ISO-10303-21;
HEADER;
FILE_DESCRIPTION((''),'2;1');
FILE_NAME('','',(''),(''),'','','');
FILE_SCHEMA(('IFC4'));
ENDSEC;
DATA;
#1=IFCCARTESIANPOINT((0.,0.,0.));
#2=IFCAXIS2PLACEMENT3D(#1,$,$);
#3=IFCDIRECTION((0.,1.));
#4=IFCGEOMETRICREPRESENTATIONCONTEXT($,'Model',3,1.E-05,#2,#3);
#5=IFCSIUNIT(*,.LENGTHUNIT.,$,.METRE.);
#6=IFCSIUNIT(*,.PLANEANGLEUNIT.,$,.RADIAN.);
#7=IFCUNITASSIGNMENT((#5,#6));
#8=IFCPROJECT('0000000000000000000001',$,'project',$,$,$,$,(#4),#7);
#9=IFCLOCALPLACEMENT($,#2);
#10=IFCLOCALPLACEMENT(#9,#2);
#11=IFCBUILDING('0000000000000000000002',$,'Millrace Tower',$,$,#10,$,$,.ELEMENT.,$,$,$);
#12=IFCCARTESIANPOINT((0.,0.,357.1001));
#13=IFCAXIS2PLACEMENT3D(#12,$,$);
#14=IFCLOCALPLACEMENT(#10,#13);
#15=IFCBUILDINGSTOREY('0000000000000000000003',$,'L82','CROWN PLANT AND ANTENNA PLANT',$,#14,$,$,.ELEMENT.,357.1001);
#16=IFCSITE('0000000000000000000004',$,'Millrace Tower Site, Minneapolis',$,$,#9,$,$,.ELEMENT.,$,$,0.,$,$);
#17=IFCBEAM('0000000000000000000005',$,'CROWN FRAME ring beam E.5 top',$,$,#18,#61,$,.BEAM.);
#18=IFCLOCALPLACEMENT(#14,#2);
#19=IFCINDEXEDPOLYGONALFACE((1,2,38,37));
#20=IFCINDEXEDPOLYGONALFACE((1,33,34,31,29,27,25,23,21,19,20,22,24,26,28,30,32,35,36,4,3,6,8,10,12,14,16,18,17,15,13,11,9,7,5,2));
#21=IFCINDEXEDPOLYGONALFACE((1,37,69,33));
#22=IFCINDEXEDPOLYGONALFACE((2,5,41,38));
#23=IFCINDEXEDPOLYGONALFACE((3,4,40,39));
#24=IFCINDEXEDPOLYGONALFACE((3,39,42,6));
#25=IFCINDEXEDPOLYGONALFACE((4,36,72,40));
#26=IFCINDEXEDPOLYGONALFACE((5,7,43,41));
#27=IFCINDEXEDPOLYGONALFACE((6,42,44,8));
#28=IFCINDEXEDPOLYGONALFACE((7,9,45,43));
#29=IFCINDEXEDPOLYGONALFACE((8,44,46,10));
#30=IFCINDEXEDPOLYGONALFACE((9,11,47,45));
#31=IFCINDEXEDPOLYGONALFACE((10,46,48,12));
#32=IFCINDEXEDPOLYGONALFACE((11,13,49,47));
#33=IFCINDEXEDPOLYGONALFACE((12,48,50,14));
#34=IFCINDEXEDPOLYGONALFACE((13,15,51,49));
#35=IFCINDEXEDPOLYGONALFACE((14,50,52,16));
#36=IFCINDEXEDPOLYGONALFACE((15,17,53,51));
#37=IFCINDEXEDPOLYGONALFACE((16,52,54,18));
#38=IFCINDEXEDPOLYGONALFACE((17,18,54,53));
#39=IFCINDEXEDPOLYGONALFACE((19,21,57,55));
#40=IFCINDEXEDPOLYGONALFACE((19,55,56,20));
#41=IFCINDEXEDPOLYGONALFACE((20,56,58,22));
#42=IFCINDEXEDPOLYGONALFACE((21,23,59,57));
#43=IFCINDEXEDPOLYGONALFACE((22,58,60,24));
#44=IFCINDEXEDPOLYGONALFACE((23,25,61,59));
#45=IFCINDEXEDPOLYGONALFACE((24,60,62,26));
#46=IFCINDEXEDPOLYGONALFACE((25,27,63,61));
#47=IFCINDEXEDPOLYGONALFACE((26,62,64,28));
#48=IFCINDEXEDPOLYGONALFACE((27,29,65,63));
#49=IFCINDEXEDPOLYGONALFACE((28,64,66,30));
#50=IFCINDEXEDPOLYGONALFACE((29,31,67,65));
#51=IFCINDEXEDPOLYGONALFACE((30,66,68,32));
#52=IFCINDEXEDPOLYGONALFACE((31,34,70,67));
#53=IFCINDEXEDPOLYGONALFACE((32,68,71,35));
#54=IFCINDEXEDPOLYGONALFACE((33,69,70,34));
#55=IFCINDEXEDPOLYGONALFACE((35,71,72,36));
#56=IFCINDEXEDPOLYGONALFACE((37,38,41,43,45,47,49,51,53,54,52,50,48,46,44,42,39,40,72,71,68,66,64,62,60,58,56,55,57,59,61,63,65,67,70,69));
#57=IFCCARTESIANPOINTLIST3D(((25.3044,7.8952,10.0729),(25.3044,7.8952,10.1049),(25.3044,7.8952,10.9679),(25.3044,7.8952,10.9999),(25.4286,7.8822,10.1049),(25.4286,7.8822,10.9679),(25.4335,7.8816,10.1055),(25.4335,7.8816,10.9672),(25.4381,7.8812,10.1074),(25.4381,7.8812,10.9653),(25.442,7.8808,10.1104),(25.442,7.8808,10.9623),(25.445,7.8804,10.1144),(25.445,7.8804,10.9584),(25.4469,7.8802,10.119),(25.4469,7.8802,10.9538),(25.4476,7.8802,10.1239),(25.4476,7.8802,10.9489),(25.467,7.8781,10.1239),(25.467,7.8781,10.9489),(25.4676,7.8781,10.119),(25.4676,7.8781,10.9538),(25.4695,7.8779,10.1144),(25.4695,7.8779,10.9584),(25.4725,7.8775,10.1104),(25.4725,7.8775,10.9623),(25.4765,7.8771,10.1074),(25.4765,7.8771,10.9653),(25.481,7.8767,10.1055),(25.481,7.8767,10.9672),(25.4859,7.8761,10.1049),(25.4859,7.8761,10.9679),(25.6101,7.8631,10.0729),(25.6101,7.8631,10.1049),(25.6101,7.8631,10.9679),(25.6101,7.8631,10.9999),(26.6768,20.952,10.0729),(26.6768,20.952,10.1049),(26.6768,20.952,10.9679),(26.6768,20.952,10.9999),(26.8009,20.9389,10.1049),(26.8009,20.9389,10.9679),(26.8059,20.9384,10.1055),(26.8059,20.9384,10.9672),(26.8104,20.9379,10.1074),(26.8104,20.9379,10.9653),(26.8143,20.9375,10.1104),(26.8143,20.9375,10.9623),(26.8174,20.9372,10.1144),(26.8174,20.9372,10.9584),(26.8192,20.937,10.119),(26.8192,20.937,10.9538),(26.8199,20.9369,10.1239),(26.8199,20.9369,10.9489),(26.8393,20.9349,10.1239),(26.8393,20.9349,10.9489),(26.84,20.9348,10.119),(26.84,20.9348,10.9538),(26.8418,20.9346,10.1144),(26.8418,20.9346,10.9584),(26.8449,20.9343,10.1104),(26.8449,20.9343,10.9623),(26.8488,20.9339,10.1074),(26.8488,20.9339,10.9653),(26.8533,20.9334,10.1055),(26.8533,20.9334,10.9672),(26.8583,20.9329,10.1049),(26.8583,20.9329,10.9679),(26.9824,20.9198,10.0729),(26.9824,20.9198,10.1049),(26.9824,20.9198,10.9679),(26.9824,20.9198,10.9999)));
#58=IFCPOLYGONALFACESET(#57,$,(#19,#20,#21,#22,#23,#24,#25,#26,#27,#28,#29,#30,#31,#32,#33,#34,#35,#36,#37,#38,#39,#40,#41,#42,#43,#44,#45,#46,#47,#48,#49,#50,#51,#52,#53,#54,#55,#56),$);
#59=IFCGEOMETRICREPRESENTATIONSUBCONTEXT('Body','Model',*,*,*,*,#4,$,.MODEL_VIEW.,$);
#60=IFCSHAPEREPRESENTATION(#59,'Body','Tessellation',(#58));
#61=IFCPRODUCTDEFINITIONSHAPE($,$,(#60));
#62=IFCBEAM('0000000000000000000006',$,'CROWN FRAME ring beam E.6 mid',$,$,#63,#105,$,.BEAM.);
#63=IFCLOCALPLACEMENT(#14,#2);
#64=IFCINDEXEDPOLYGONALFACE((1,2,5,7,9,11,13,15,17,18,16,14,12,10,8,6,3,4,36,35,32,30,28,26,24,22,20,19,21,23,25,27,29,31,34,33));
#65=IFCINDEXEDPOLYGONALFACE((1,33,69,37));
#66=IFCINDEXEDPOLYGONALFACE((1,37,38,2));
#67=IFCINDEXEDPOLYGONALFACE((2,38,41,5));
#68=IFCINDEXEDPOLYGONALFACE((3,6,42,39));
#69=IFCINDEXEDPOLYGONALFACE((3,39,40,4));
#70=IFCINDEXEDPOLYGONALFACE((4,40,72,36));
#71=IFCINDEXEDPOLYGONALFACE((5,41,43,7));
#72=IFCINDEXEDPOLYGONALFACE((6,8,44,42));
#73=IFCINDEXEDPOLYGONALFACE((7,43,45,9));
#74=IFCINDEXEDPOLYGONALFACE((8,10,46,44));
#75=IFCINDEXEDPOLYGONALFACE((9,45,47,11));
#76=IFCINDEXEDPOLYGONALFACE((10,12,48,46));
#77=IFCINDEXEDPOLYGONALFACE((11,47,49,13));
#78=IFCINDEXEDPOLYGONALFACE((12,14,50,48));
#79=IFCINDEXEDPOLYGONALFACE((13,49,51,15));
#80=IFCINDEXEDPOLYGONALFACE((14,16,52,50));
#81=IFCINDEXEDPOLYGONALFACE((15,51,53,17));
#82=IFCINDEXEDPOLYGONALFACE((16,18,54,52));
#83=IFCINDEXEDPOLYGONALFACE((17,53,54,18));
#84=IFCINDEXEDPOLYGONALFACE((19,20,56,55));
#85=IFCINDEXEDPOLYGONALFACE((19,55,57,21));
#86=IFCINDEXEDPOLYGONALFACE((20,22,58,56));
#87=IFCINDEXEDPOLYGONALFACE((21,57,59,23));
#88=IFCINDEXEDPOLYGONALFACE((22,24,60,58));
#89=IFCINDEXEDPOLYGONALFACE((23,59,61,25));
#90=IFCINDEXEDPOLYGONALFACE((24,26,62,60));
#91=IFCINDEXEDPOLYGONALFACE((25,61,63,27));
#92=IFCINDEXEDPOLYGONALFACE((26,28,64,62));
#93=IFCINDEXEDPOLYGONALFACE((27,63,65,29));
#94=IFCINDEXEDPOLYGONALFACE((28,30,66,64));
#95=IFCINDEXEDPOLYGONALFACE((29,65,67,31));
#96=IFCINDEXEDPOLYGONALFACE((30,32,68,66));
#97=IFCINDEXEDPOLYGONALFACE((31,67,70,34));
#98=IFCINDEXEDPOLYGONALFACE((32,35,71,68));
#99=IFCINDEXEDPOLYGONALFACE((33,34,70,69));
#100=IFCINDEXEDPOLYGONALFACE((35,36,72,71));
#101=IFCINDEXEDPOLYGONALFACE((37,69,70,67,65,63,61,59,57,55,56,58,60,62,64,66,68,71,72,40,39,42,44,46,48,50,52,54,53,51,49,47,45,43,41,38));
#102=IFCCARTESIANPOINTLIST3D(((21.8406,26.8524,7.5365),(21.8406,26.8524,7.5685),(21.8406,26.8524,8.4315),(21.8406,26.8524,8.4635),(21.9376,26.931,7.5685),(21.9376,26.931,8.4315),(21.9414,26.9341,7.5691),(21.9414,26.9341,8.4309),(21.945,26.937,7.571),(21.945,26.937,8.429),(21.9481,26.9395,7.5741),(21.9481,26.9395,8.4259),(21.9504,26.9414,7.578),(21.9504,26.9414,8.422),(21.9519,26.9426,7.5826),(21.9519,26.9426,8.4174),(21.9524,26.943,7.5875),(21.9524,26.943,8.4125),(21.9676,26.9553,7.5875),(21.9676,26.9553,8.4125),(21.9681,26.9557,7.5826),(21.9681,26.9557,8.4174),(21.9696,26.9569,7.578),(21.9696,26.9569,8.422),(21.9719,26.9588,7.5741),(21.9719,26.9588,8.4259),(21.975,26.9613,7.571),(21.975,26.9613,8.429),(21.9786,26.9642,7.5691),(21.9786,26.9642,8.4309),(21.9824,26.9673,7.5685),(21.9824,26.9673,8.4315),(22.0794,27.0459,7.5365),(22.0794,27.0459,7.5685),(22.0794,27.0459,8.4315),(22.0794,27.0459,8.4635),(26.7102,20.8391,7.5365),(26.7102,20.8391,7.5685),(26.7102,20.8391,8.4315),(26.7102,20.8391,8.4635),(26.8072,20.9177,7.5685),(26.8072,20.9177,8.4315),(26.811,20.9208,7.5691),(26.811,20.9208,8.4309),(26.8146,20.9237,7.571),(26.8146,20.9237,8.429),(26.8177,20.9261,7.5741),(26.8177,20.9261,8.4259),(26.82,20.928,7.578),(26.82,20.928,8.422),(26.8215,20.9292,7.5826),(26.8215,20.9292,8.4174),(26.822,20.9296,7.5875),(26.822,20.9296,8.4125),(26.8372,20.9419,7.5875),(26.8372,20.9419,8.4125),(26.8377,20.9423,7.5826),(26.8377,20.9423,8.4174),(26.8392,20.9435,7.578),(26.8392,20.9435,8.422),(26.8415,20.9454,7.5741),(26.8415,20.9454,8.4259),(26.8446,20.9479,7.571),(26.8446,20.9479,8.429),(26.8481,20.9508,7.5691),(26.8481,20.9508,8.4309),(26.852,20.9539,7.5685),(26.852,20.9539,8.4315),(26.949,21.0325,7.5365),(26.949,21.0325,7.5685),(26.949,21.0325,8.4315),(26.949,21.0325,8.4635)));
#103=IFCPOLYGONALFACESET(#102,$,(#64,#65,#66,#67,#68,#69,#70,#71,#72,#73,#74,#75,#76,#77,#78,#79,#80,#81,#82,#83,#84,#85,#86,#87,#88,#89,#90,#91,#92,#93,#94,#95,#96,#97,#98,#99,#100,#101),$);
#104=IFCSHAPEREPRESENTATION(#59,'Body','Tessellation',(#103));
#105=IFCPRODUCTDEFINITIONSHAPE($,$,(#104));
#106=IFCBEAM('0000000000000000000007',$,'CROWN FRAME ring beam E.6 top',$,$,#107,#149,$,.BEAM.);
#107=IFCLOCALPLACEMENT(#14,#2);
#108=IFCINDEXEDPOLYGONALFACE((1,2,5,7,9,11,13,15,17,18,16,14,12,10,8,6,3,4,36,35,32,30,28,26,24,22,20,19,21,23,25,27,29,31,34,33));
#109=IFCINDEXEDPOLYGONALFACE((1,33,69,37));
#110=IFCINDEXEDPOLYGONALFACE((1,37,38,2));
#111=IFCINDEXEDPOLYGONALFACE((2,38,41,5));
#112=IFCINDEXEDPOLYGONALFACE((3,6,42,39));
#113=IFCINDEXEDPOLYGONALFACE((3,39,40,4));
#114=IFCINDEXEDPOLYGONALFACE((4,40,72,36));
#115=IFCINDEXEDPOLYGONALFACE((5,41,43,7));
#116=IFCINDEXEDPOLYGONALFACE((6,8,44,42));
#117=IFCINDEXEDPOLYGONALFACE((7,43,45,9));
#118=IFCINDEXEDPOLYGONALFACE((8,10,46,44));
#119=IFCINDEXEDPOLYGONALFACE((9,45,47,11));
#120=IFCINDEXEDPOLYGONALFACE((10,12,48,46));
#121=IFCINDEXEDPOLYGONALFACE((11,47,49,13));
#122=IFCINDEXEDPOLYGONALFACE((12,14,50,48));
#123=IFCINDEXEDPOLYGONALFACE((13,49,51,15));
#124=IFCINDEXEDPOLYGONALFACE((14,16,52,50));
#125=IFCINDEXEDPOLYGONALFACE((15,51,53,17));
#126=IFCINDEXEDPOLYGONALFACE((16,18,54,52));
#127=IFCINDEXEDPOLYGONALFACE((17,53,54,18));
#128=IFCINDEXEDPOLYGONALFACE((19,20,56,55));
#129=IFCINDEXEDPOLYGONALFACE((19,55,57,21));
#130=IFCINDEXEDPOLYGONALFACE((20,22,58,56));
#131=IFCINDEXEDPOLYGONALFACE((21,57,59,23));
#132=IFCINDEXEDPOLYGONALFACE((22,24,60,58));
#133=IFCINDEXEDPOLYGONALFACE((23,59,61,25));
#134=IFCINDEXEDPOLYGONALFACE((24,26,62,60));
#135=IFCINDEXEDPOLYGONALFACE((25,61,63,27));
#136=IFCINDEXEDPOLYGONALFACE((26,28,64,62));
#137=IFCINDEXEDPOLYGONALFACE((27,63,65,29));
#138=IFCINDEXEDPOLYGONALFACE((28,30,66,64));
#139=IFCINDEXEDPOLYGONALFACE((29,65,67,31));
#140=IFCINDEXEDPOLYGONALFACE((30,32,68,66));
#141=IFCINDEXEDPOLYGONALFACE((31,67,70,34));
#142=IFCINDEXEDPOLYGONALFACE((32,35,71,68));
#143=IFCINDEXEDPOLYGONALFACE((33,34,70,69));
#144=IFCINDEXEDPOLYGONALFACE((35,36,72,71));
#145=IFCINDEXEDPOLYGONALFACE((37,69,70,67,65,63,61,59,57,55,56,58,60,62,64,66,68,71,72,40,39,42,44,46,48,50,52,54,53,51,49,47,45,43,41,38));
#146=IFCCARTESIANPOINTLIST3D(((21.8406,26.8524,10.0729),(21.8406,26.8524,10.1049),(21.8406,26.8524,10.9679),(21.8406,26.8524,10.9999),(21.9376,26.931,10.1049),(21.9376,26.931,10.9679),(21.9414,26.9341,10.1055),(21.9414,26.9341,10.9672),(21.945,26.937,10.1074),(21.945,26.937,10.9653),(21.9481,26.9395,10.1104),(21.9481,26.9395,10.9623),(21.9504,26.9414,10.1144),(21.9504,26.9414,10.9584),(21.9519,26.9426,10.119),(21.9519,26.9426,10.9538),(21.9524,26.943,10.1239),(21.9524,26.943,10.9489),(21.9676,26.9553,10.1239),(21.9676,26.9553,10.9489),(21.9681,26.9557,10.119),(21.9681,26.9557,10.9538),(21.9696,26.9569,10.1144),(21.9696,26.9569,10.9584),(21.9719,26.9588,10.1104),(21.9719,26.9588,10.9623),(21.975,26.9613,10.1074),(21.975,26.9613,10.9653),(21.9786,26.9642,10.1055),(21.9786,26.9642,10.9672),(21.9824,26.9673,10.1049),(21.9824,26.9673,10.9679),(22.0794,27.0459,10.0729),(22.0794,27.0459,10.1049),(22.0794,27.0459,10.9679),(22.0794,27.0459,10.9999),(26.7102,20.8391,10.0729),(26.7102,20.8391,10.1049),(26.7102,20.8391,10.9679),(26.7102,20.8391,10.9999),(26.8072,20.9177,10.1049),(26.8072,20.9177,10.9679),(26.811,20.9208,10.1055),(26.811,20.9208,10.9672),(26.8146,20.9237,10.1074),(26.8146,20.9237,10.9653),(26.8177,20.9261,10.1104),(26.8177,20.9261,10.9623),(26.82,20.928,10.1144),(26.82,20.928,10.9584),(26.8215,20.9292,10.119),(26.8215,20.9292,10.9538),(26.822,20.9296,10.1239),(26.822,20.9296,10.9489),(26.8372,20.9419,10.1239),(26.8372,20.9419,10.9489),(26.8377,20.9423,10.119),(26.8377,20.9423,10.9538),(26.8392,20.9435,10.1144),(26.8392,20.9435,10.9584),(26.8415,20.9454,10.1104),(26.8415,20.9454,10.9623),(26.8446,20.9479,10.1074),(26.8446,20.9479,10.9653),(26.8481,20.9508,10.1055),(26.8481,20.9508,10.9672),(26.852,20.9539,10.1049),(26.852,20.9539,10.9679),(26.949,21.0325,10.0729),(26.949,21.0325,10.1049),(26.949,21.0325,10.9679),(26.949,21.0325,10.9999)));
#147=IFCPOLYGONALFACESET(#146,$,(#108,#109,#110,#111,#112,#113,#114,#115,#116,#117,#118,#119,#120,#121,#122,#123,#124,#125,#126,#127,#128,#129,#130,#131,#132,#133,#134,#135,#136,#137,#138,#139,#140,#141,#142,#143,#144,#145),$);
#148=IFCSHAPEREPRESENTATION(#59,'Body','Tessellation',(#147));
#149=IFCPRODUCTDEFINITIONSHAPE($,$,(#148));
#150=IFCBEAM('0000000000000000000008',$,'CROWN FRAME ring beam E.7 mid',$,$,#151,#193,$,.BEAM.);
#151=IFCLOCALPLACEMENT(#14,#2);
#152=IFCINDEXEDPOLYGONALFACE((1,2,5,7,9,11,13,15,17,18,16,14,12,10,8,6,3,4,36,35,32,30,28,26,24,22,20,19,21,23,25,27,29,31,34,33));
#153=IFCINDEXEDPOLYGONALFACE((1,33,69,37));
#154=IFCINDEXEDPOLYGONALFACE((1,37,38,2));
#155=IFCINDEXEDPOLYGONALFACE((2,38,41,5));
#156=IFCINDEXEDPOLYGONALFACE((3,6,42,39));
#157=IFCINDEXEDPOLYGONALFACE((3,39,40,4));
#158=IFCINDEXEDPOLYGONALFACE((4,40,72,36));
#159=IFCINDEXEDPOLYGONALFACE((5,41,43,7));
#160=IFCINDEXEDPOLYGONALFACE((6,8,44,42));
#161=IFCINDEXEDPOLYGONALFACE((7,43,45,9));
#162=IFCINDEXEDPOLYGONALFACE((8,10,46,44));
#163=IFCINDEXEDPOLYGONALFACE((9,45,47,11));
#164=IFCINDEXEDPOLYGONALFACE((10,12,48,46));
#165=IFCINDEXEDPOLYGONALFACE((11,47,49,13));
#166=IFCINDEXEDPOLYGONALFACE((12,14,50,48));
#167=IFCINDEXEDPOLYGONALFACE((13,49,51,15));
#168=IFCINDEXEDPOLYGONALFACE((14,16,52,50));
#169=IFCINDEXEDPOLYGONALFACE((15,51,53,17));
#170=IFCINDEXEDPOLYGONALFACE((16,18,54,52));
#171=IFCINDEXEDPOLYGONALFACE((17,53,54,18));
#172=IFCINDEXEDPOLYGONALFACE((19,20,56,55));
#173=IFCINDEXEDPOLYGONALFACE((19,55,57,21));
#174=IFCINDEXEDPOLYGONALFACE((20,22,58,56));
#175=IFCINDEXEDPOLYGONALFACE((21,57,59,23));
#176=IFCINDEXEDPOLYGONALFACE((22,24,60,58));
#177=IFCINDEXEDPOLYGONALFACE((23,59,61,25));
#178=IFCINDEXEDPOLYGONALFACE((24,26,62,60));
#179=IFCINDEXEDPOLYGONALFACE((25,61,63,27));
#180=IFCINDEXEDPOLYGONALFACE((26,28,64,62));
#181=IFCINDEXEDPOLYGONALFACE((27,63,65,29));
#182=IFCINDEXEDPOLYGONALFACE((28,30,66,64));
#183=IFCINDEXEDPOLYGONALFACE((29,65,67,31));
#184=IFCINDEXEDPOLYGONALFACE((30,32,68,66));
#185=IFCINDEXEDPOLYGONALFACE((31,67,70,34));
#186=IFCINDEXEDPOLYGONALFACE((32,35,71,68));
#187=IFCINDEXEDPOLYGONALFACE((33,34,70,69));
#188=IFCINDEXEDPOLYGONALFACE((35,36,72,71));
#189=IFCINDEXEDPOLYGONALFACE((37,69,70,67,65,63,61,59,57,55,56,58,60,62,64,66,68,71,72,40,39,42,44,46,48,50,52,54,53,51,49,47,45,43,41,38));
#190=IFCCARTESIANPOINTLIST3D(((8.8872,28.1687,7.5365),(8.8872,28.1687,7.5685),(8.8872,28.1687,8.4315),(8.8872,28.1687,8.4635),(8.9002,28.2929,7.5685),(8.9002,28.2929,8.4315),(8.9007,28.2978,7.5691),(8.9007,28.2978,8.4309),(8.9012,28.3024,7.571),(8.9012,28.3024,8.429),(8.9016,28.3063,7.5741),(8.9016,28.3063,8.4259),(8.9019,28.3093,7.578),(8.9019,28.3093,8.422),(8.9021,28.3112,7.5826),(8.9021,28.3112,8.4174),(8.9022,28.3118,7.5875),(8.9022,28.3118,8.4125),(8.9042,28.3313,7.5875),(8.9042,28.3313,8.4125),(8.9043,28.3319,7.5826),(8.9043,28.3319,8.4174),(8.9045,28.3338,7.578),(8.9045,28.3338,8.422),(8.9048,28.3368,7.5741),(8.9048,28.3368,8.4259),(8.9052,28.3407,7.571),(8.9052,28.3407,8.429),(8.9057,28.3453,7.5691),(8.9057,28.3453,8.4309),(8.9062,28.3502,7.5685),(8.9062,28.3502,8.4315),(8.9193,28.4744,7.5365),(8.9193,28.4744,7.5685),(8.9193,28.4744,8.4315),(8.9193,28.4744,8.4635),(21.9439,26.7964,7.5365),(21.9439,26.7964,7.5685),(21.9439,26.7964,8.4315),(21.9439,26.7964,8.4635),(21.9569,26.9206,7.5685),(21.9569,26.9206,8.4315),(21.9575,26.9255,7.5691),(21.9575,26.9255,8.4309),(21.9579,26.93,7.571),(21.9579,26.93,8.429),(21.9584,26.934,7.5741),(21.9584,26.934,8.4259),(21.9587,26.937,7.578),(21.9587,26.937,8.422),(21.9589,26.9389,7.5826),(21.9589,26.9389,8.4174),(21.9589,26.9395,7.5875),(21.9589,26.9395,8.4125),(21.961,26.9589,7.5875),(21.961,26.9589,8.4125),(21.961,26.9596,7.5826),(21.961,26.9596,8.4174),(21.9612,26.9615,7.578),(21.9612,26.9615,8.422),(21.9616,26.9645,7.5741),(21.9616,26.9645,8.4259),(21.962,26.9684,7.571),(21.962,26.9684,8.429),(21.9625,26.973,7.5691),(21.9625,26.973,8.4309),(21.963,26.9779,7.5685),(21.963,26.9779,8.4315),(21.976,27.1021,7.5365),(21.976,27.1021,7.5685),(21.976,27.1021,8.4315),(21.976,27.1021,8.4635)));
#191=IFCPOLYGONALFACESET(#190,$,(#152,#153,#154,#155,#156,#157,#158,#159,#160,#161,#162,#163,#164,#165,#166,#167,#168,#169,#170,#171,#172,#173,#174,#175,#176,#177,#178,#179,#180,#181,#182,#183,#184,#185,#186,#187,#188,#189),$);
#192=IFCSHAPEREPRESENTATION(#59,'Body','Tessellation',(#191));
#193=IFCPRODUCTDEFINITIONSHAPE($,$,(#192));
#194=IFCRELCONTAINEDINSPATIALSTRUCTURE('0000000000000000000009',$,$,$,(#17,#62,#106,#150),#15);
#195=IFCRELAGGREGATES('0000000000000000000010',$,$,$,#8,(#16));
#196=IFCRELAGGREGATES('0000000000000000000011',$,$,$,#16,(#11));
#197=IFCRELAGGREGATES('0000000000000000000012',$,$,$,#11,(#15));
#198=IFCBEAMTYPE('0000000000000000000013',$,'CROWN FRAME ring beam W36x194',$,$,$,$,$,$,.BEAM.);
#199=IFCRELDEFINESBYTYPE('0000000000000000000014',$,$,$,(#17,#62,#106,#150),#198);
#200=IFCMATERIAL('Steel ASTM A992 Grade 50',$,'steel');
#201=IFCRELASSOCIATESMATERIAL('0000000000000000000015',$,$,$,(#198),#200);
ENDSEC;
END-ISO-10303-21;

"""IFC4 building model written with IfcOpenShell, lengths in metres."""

from ifc_helpers import new_model, si_unit, direction, frame, origin, origin_2d, place, context, subcontext, project, spatial, i_section, extrude, material, material_profile, profile_set, type_object, element, save


model = new_model("IFC4")

# Units and contexts
model_context = context("Model", 3, precision=1e-05, world=origin(), true_north=direction((0.0, 1.0)))
body_context = subcontext(model_context, "Body", "Model", "MODEL_VIEW")
ifc_project = project(units=[si_unit("LENGTHUNIT", "METRE"), si_unit("PLANEANGLEUNIT", "RADIAN")], contexts=[model_context])

# Site, building, storey
site_placement = place(None, origin())
site = spatial("IfcSite", under=ifc_project, at=site_placement, Name="Millrace Tower Site, Minneapolis", CompositionType="ELEMENT", RefElevation=0.0)
building_placement = place(site_placement, origin())
building = spatial("IfcBuilding", under=site, at=building_placement, Name="Millrace Tower", CompositionType="ELEMENT")
storey_placement = place(building_placement, frame((0.0, 0.0, 357.1001)))
storey = spatial("IfcBuildingStorey", under=building, at=storey_placement, Name="L82", Description="CROWN PLANT AND ANTENNA PLANT", CompositionType="ELEMENT", Elevation=357.1001)

# Beams
ifc_material_1 = material(Name="Steel ASTM A992 Grade 50", Category="steel")
ifc_material_profile_1 = material_profile(ifc_material_1, i_section(OverallWidth=0.3074, OverallDepth=0.927, WebThickness=0.0195, FlangeThickness=0.032, FilletRadius=0.019, at=origin_2d()))
ifc_profile_set_1 = profile_set([ifc_material_profile_1], Name="Steel ASTM A992 Grade 50")
beam_type_1 = type_object("IfcBeamType", Name="CROWN FRAME ring beam W36x194", PredefinedType="BEAM", material=ifc_profile_set_1)
for number, where, z_axis, x_axis, name in (
    (1, (25.4573, 7.8792, 10.5364), (0.104529, 0.994522, 0.0), (-0.994522, 0.104529, 0.0), "CROWN FRAME ring beam E.5 top"),
):
    element("IfcBeam", number, at=place(storey_placement, frame(where, z_axis=z_axis, x_axis=x_axis)), inside=storey, type_object=beam_type_1, Name=name, PredefinedType="BEAM", context=body_context, shape_type="SweptSolid", body=[
        extrude(i_section(OverallWidth=0.3074, OverallDepth=0.927, WebThickness=0.0195, FlangeThickness=0.032, FilletRadius=0.019, at=origin_2d()), origin(), (0.0, 0.0, 1.0), 13.1287),
    ])
for number, where, z_axis, x_axis, name in (
    (2, (26.8296, 20.9358, 8.0), (-0.629324, 0.777143, 0.0), (-0.777143, -0.629324, 0.0), "CROWN FRAME ring beam E.6 mid"),
    (3, (26.8296, 20.9358, 10.5364), (-0.629324, 0.777143, 0.0), (-0.777143, -0.629324, 0.0), "CROWN FRAME ring beam E.6 top"),
):
    element("IfcBeam", number, at=place(storey_placement, frame(where, z_axis=z_axis, x_axis=x_axis)), inside=storey, type_object=beam_type_1, Name=name, PredefinedType="BEAM", context=body_context, shape_type="SweptSolid", body=[
        extrude(i_section(OverallWidth=0.3074, OverallDepth=0.927, WebThickness=0.0195, FlangeThickness=0.032, FilletRadius=0.019, at=origin_2d()), origin(), (0.0, 0.0, 1.0), 7.7378),
    ])
for number, where, z_axis, x_axis, name in (
    (4, (21.96, 26.9492, 8.0), (-0.994522, 0.104529, 0.0), (-0.104529, -0.994522, 0.0), "CROWN FRAME ring beam E.7 mid"),
):
    element("IfcBeam", number, at=place(storey_placement, frame(where, z_axis=z_axis, x_axis=x_axis)), inside=storey, type_object=beam_type_1, Name=name, PredefinedType="BEAM", context=body_context, shape_type="SweptSolid", body=[
        extrude(i_section(OverallWidth=0.3074, OverallDepth=0.927, WebThickness=0.0195, FlangeThickness=0.032, FilletRadius=0.019, at=origin_2d()), origin(), (0.0, 0.0, 1.0), 13.1287),
    ])

save(model, "model.ifc")
